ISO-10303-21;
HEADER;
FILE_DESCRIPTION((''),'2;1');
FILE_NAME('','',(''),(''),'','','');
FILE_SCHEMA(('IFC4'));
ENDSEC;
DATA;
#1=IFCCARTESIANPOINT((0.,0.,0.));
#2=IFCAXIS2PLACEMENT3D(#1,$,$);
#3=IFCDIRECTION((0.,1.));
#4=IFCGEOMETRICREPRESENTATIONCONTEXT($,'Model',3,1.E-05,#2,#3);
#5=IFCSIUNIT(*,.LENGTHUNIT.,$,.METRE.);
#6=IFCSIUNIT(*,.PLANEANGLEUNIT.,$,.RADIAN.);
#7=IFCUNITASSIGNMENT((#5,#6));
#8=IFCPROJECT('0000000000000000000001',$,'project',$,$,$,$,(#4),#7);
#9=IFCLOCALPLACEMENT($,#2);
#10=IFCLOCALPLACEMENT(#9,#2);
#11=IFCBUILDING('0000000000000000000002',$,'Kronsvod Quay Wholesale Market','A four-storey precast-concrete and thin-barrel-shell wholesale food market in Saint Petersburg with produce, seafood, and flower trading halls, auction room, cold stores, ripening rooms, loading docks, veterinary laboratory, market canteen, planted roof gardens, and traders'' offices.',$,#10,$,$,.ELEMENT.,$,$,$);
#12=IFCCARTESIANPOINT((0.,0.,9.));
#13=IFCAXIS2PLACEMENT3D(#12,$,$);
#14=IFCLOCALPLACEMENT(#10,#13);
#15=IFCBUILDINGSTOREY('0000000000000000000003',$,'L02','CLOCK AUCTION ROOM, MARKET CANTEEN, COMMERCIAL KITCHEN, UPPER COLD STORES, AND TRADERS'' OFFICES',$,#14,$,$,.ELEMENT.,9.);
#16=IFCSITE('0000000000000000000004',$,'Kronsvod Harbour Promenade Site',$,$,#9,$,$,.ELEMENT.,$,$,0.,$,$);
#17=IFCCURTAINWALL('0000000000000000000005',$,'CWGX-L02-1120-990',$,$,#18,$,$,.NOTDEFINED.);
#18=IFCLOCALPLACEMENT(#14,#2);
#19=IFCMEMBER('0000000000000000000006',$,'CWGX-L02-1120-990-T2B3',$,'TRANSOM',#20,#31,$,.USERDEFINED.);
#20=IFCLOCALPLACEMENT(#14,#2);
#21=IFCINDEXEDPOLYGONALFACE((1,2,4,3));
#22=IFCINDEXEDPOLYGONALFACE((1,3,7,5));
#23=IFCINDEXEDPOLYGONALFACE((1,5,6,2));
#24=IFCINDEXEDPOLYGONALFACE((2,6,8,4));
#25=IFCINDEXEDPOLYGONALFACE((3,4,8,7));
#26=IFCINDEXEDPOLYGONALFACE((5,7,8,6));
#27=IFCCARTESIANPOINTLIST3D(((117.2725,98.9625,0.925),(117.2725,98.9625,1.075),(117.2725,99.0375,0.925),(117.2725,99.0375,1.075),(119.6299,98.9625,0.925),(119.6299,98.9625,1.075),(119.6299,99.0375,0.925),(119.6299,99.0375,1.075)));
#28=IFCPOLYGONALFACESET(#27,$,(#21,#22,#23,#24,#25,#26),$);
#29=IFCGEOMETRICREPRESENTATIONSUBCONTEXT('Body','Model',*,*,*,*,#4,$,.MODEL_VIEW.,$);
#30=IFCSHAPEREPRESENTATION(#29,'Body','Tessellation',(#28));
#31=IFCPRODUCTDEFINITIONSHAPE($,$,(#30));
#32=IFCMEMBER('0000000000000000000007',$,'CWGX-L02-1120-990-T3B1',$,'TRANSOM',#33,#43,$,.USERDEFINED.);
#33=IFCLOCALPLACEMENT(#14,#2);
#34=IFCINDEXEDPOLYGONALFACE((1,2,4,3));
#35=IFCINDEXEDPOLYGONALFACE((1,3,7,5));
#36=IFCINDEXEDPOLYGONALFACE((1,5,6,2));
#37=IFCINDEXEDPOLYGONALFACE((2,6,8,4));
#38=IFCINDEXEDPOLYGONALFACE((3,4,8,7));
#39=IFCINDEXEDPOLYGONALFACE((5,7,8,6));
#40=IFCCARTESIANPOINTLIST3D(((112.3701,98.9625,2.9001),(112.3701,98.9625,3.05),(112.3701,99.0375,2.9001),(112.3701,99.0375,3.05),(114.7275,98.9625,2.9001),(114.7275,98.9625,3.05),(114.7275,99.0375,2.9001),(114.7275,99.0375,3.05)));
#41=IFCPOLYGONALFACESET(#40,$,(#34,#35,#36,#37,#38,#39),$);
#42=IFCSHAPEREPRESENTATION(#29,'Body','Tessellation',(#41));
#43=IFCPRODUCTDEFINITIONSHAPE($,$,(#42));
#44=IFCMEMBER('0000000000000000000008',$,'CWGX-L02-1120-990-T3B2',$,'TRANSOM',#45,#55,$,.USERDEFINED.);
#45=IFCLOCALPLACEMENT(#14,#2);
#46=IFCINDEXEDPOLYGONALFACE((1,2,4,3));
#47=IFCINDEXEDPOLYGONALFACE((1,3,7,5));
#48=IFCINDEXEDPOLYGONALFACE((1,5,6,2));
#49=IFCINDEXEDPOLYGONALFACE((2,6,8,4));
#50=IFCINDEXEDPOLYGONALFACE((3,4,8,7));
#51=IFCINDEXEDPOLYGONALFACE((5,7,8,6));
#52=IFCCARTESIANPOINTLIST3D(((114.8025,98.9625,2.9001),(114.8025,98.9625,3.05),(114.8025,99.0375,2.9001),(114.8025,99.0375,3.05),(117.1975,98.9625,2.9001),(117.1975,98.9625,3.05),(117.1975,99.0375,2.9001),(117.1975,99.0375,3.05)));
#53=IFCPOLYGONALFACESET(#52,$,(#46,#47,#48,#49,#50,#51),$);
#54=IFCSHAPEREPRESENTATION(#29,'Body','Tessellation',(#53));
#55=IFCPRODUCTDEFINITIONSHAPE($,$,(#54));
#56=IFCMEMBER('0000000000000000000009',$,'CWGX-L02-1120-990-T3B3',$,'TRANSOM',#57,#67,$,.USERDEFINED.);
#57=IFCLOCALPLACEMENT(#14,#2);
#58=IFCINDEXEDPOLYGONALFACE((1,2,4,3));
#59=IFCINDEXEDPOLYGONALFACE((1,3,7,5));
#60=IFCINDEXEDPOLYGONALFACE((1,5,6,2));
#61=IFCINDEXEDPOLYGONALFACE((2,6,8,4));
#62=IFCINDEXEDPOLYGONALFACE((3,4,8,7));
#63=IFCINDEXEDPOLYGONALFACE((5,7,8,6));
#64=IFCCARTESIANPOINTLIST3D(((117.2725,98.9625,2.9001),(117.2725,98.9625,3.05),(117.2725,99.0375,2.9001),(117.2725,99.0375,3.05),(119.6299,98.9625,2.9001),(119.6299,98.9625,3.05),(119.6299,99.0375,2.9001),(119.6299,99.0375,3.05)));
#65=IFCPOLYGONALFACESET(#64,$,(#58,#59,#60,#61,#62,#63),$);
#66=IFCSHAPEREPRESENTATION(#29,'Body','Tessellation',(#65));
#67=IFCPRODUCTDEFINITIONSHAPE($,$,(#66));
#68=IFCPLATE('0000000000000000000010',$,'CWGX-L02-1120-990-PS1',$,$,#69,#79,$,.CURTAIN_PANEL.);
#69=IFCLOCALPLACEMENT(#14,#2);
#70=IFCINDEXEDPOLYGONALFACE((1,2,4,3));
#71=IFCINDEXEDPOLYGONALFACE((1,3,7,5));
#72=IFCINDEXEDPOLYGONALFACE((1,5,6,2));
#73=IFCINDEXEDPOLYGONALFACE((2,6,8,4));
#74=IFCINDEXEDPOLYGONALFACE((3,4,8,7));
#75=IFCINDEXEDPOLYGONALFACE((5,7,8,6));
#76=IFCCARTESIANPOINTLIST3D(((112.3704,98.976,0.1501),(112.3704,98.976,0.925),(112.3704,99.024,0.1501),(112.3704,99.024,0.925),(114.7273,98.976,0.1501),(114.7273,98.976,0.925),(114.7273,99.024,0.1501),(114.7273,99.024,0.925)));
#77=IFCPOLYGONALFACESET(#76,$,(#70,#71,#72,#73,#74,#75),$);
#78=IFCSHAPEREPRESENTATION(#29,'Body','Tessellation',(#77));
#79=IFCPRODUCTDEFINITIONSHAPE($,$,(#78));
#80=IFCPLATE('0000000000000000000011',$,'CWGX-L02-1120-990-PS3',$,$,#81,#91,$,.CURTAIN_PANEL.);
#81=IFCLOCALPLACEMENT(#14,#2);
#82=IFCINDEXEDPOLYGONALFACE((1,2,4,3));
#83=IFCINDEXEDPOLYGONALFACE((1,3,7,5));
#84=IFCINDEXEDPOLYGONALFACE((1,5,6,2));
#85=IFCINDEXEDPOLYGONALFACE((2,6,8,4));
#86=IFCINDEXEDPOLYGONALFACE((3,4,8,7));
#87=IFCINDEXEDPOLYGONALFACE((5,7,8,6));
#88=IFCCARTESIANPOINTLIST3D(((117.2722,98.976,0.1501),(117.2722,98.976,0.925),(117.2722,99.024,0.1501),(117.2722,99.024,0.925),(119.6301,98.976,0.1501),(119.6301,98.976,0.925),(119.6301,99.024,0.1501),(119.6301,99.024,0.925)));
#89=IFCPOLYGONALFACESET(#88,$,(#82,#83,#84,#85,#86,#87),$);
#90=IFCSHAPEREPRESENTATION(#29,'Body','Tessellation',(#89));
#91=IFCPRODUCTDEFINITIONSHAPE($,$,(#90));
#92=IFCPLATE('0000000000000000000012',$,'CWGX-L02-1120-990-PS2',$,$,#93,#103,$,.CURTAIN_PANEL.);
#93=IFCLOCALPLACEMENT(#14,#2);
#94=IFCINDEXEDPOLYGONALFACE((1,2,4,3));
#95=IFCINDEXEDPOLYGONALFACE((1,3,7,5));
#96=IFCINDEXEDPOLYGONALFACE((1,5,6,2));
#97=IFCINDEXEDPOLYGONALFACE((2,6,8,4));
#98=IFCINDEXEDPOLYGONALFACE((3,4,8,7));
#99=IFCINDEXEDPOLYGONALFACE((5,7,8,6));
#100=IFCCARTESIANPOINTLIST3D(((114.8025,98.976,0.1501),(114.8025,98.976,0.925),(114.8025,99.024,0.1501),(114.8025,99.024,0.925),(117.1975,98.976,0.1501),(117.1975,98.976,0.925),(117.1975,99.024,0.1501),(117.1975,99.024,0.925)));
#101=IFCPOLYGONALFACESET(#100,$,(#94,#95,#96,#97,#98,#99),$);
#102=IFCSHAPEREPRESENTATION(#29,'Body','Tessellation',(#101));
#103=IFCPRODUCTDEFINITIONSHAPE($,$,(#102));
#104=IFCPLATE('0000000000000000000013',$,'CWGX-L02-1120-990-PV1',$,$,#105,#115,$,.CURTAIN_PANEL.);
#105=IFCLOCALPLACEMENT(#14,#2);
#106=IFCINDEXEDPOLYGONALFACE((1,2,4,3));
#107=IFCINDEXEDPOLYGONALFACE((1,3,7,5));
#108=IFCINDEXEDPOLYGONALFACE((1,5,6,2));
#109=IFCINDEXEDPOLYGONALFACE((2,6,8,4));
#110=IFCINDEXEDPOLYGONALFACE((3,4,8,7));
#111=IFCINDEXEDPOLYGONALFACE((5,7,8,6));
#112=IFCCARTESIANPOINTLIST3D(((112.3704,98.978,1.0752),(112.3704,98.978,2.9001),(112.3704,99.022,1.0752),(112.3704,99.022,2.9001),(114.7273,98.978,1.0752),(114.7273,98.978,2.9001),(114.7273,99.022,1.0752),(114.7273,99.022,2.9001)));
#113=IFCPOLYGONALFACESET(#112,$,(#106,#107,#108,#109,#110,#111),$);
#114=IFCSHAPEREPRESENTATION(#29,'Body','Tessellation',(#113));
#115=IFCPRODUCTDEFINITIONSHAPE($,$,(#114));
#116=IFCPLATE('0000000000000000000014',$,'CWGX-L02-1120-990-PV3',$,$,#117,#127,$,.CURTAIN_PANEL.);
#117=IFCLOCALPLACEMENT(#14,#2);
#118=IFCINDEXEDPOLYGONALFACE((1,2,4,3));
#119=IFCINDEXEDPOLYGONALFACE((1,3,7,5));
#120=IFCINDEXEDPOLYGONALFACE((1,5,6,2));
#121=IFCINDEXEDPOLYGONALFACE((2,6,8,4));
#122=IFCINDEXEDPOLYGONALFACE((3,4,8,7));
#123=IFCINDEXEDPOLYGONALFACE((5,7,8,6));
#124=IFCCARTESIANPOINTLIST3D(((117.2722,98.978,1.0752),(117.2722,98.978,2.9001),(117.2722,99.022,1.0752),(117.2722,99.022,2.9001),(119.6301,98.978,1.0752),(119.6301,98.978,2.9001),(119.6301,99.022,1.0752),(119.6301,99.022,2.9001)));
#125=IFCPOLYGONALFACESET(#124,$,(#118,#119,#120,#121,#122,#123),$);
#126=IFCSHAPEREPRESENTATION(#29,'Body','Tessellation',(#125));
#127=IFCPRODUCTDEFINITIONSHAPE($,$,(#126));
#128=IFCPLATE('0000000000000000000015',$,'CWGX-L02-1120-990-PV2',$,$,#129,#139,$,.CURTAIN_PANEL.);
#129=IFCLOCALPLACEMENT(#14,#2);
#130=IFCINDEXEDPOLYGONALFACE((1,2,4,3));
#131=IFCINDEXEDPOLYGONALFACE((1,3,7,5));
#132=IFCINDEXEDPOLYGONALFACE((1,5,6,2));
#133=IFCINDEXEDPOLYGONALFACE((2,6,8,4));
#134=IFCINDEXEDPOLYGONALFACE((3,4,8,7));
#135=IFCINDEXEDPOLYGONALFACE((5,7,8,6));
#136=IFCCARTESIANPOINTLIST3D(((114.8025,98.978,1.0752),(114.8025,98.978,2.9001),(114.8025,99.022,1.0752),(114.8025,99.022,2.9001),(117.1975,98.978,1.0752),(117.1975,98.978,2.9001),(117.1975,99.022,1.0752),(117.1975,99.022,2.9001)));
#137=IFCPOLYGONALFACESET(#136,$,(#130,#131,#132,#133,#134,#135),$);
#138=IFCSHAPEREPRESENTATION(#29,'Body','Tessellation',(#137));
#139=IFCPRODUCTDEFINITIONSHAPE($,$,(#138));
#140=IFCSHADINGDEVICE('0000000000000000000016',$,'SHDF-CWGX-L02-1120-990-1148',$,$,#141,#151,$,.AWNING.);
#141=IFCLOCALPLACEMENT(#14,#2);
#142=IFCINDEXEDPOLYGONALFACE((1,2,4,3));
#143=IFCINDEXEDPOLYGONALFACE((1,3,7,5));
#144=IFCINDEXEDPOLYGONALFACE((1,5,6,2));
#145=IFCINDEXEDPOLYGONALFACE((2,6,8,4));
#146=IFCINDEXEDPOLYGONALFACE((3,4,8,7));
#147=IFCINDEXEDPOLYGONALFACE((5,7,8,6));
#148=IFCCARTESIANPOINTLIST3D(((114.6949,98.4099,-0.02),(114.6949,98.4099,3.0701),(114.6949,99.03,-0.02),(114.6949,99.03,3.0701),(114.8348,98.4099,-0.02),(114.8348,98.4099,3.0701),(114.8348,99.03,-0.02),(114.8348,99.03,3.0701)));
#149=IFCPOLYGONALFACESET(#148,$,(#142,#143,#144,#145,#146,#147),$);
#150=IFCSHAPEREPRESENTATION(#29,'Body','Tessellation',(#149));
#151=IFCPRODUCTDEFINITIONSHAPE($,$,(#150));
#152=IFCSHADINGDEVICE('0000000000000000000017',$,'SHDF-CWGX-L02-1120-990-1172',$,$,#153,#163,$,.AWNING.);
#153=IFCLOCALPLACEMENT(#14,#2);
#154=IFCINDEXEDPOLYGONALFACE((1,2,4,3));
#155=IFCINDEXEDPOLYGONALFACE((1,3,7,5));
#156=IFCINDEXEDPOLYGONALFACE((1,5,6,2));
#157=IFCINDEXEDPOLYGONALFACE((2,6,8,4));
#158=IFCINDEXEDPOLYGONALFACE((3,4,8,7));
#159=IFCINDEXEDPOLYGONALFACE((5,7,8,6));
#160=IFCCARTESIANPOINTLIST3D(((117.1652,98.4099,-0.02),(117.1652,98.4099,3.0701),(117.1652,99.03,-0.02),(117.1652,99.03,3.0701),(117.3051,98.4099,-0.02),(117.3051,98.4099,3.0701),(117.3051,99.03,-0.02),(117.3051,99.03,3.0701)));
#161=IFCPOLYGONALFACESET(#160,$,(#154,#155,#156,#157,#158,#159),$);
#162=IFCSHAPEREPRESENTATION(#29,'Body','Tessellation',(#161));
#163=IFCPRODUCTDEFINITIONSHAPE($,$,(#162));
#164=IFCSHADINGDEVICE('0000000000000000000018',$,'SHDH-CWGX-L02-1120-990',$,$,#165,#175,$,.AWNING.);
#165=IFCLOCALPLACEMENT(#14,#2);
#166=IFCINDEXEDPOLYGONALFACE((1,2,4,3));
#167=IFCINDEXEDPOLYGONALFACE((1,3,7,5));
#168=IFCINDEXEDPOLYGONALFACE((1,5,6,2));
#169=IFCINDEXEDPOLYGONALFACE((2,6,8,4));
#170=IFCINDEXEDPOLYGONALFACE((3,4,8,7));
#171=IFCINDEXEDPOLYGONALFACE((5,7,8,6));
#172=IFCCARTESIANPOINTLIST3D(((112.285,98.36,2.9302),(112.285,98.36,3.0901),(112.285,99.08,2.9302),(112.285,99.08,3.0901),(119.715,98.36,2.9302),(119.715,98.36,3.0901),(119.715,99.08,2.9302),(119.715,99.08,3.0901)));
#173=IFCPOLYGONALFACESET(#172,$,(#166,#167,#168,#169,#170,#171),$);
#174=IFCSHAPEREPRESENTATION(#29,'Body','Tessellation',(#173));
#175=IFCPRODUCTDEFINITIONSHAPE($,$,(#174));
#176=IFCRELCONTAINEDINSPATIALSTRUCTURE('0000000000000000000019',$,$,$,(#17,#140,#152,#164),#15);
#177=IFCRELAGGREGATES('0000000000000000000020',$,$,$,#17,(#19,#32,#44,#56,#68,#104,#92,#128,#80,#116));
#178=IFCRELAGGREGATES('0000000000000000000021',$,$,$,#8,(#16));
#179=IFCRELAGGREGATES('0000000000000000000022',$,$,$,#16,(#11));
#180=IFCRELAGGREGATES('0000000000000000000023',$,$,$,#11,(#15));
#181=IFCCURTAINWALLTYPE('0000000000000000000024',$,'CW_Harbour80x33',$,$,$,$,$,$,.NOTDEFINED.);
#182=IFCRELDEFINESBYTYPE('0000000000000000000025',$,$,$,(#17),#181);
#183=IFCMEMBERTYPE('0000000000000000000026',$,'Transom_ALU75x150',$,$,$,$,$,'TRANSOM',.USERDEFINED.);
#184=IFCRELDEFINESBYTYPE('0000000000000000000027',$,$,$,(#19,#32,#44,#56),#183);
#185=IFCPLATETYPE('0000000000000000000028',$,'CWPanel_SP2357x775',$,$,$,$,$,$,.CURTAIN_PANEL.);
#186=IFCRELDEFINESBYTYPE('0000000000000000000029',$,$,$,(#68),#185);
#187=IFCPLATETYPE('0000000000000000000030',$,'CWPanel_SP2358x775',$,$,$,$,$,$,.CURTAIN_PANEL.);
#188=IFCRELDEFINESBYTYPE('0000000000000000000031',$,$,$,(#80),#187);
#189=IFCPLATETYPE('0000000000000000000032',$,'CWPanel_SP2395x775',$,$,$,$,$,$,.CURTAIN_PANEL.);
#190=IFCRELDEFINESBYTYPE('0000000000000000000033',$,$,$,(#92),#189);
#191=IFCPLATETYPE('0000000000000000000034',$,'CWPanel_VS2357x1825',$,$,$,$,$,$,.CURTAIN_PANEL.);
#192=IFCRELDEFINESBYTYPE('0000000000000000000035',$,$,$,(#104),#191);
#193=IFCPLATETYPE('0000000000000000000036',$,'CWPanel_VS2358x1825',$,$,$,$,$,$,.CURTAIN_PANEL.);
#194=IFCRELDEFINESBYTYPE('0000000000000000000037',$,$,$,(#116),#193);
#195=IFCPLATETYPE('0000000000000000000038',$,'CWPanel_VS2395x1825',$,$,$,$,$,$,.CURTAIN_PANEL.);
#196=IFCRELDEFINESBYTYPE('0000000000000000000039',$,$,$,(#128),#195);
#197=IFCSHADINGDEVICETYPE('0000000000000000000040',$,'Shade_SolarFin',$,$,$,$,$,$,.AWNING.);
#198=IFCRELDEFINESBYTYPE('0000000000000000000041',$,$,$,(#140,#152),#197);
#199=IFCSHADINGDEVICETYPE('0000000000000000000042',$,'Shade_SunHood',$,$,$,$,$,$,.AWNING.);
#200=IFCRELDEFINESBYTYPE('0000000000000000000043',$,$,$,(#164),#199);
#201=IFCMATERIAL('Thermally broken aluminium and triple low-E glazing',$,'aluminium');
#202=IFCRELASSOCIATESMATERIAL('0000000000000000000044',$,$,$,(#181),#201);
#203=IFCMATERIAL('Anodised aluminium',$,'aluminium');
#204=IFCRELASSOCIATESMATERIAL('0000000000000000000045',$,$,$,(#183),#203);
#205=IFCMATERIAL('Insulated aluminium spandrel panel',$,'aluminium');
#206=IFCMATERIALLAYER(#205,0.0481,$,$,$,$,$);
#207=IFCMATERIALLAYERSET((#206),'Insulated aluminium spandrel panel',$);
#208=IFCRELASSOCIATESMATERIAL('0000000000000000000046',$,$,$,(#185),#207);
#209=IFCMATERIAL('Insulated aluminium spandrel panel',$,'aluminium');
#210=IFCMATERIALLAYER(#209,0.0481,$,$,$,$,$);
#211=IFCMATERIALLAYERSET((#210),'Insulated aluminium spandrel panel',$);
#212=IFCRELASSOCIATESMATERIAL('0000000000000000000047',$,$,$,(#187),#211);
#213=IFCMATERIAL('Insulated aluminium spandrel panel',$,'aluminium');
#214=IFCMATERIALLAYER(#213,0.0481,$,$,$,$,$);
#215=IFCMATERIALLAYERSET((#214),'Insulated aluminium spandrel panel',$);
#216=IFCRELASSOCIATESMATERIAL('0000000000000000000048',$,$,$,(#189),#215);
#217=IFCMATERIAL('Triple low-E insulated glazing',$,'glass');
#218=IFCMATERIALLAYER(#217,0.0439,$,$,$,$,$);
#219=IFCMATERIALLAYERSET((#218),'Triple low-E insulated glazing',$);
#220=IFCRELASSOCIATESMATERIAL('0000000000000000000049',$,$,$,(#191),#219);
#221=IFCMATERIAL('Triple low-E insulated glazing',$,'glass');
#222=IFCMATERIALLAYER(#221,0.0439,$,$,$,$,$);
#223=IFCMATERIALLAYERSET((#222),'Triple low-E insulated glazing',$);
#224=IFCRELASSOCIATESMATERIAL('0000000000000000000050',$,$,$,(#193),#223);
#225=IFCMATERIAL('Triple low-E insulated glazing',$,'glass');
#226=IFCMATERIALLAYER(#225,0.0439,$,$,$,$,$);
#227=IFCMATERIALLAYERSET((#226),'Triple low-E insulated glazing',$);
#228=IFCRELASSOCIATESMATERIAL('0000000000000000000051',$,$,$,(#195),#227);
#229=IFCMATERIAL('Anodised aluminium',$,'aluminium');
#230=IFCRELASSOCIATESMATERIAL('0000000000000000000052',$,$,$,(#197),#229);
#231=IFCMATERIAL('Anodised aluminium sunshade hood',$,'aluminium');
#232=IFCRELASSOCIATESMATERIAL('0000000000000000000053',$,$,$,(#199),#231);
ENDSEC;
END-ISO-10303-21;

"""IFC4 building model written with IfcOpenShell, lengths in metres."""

from ifc_helpers import new_model, si_unit, direction, frame, origin, origin_2d, place, context, subcontext, project, spatial, rectangle, extrude, material, layer, layer_set, material_profile, profile_set, type_object, element, aggregate, save


model = new_model("IFC4")

# Units and contexts
model_context = context("Model", 3, precision=1e-05, world=origin(), true_north=direction((0.0, 1.0)))
body_context = subcontext(model_context, "Body", "Model", "MODEL_VIEW")
ifc_project = project(units=[si_unit("LENGTHUNIT", "METRE"), si_unit("PLANEANGLEUNIT", "RADIAN")], contexts=[model_context])

# Site, building, storey
site_placement = place(None, origin())
site = spatial("IfcSite", under=ifc_project, at=site_placement, Name="Kronsvod Harbour Promenade Site", CompositionType="ELEMENT", RefElevation=0.0)
building_placement = place(site_placement, origin())
building = spatial("IfcBuilding", under=site, at=building_placement, Name="Kronsvod Quay Wholesale Market", Description="A four-storey precast-concrete and thin-barrel-shell wholesale food market in Saint Petersburg with produce, seafood, and flower trading halls, auction room, cold stores, ripening rooms, loading docks, veterinary laboratory, market canteen, planted roof gardens, and traders' offices.", CompositionType="ELEMENT")
storey_placement = place(building_placement, frame((0.0, 0.0, 9.0)))
storey = spatial("IfcBuildingStorey", under=building, at=storey_placement, Name="L02", Description="CLOCK AUCTION ROOM, MARKET CANTEEN, COMMERCIAL KITCHEN, UPPER COLD STORES, AND TRADERS' OFFICES", CompositionType="ELEMENT", Elevation=9.0)

# Curtain wall, members, plates
ifc_material_1 = material(Name="Thermally broken aluminium and triple low-E glazing", Category="aluminium")
curtain_wall_type = type_object("IfcCurtainWallType", Name="CW_Harbour80x33", PredefinedType="NOTDEFINED", material=ifc_material_1)
curtain_wall_placement = place(storey_placement, origin())
curtain_wall = element("IfcCurtainWall", 1, at=curtain_wall_placement, inside=storey, type_object=curtain_wall_type, Name="CWGX-L02-1120-990", PredefinedType="NOTDEFINED")
ifc_material_2 = material(Name="Anodised aluminium", Category="aluminium")
ifc_material_profile_1 = material_profile(ifc_material_2, rectangle(XDim=0.075, YDim=0.1499, at=origin_2d()), Name="ALUT75x150")
ifc_profile_set_1 = profile_set([ifc_material_profile_1], Name="Anodised aluminium")
member_type_1 = type_object("IfcMemberType", Name="Transom_ALU75x150", ElementType="TRANSOM", PredefinedType="USERDEFINED", material=ifc_profile_set_1)
member_1_placement = place(storey_placement, frame((117.2725, 99.0, 1.0), z_axis=(1.0, 0.0, 0.0), x_axis=(0.0, 1.0, 0.0)))
member_1 = element("IfcMember", 2, at=member_1_placement, type_object=member_type_1, Name="CWGX-L02-1120-990-T2B3", ObjectType="TRANSOM", PredefinedType="USERDEFINED", context=body_context, shape_type="SweptSolid", body=[
    extrude(rectangle(XDim=0.075, YDim=0.1499, at=origin_2d()), origin(), (0.0, 0.0, 1.0), 2.3574),
])
member_2_placement = place(storey_placement, frame((112.3701, 99.0, 2.9751), z_axis=(1.0, 0.0, 0.0), x_axis=(0.0, 1.0, 0.0)))
member_2 = element("IfcMember", 3, at=member_2_placement, type_object=member_type_1, Name="CWGX-L02-1120-990-T3B1", ObjectType="TRANSOM", PredefinedType="USERDEFINED", context=body_context, shape_type="SweptSolid", body=[
    extrude(rectangle(XDim=0.075, YDim=0.1499, at=origin_2d()), origin(), (0.0, 0.0, 1.0), 2.3574),
])
member_3_placement = place(storey_placement, frame((114.8025, 99.0, 2.9751), z_axis=(1.0, 0.0, 0.0), x_axis=(0.0, 1.0, 0.0)))
member_3 = element("IfcMember", 4, at=member_3_placement, type_object=member_type_1, Name="CWGX-L02-1120-990-T3B2", ObjectType="TRANSOM", PredefinedType="USERDEFINED", context=body_context, shape_type="SweptSolid", body=[
    extrude(rectangle(XDim=0.075, YDim=0.1499, at=origin_2d()), origin(), (0.0, 0.0, 1.0), 2.395),
])
member_4_placement = place(storey_placement, frame((117.2725, 99.0, 2.9751), z_axis=(1.0, 0.0, 0.0), x_axis=(0.0, 1.0, 0.0)))
member_4 = element("IfcMember", 5, at=member_4_placement, type_object=member_type_1, Name="CWGX-L02-1120-990-T3B3", ObjectType="TRANSOM", PredefinedType="USERDEFINED", context=body_context, shape_type="SweptSolid", body=[
    extrude(rectangle(XDim=0.075, YDim=0.1499, at=origin_2d()), origin(), (0.0, 0.0, 1.0), 2.3574),
])
ifc_material_3 = material(Name="Insulated aluminium spandrel panel", Category="aluminium")
ifc_layer_1 = layer(ifc_material_3, 0.0481)
ifc_layer_set_1 = layer_set([ifc_layer_1], Name="Insulated aluminium spandrel panel")
plate_type_1 = type_object("IfcPlateType", Name="CWPanel_SP2357x775", PredefinedType="CURTAIN_PANEL", material=ifc_layer_set_1)
plate_1_placement = place(storey_placement, frame((113.5488, 99.0, 0.1501), z_axis=(0.0, 0.0, 1.0), x_axis=(1.0, 0.0, 0.0)))
plate_1 = element("IfcPlate", 6, at=plate_1_placement, type_object=plate_type_1, Name="CWGX-L02-1120-990-PS1", PredefinedType="CURTAIN_PANEL", context=body_context, shape_type="SweptSolid", body=[
    extrude(rectangle(XDim=2.3569, YDim=0.0481, at=origin_2d()), origin(), (0.0, 0.0, 1.0), 0.7749),
])
ifc_material_4 = material(Name="Insulated aluminium spandrel panel", Category="aluminium")
ifc_layer_2 = layer(ifc_material_4, 0.0481)
ifc_layer_set_2 = layer_set([ifc_layer_2], Name="Insulated aluminium spandrel panel")
plate_type_2 = type_object("IfcPlateType", Name="CWPanel_SP2358x775", PredefinedType="CURTAIN_PANEL", material=ifc_layer_set_2)
plate_2_placement = place(storey_placement, frame((118.4512, 99.0, 0.1501), z_axis=(0.0, 0.0, 1.0), x_axis=(1.0, 0.0, 0.0)))
plate_2 = element("IfcPlate", 7, at=plate_2_placement, type_object=plate_type_2, Name="CWGX-L02-1120-990-PS3", PredefinedType="CURTAIN_PANEL", context=body_context, shape_type="SweptSolid", body=[
    extrude(rectangle(XDim=2.3579, YDim=0.0481, at=origin_2d()), origin(), (0.0, 0.0, 1.0), 0.7749),
])
ifc_material_5 = material(Name="Insulated aluminium spandrel panel", Category="aluminium")
ifc_layer_3 = layer(ifc_material_5, 0.0481)
ifc_layer_set_3 = layer_set([ifc_layer_3], Name="Insulated aluminium spandrel panel")
plate_type_3 = type_object("IfcPlateType", Name="CWPanel_SP2395x775", PredefinedType="CURTAIN_PANEL", material=ifc_layer_set_3)
plate_3_placement = place(storey_placement, frame((116.0, 99.0, 0.1501), z_axis=(0.0, 0.0, 1.0), x_axis=(1.0, 0.0, 0.0)))
plate_3 = element("IfcPlate", 8, at=plate_3_placement, type_object=plate_type_3, Name="CWGX-L02-1120-990-PS2", PredefinedType="CURTAIN_PANEL", context=body_context, shape_type="SweptSolid", body=[
    extrude(rectangle(XDim=2.395, YDim=0.0481, at=origin_2d()), origin(), (0.0, 0.0, 1.0), 0.7749),
])
ifc_material_6 = material(Name="Triple low-E insulated glazing", Category="glass")
ifc_layer_4 = layer(ifc_material_6, 0.0439)
ifc_layer_set_4 = layer_set([ifc_layer_4], Name="Triple low-E insulated glazing")
plate_type_4 = type_object("IfcPlateType", Name="CWPanel_VS2357x1825", PredefinedType="CURTAIN_PANEL", material=ifc_layer_set_4)
plate_4_placement = place(storey_placement, frame((113.5488, 99.0, 1.0752), z_axis=(0.0, 0.0, 1.0), x_axis=(1.0, 0.0, 0.0)))
plate_4 = element("IfcPlate", 9, at=plate_4_placement, type_object=plate_type_4, Name="CWGX-L02-1120-990-PV1", PredefinedType="CURTAIN_PANEL", context=body_context, shape_type="SweptSolid", body=[
    extrude(rectangle(XDim=2.3569, YDim=0.0439, at=origin_2d()), origin(), (0.0, 0.0, 1.0), 1.825),
])
ifc_material_7 = material(Name="Triple low-E insulated glazing", Category="glass")
ifc_layer_5 = layer(ifc_material_7, 0.0439)
ifc_layer_set_5 = layer_set([ifc_layer_5], Name="Triple low-E insulated glazing")
plate_type_5 = type_object("IfcPlateType", Name="CWPanel_VS2358x1825", PredefinedType="CURTAIN_PANEL", material=ifc_layer_set_5)
plate_5_placement = place(storey_placement, frame((118.4512, 99.0, 1.0752), z_axis=(0.0, 0.0, 1.0), x_axis=(1.0, 0.0, 0.0)))
plate_5 = element("IfcPlate", 10, at=plate_5_placement, type_object=plate_type_5, Name="CWGX-L02-1120-990-PV3", PredefinedType="CURTAIN_PANEL", context=body_context, shape_type="SweptSolid", body=[
    extrude(rectangle(XDim=2.3579, YDim=0.0439, at=origin_2d()), origin(), (0.0, 0.0, 1.0), 1.825),
])
ifc_material_8 = material(Name="Triple low-E insulated glazing", Category="glass")
ifc_layer_6 = layer(ifc_material_8, 0.0439)
ifc_layer_set_6 = layer_set([ifc_layer_6], Name="Triple low-E insulated glazing")
plate_type_6 = type_object("IfcPlateType", Name="CWPanel_VS2395x1825", PredefinedType="CURTAIN_PANEL", material=ifc_layer_set_6)
plate_6_placement = place(storey_placement, frame((116.0, 99.0, 1.0752), z_axis=(0.0, 0.0, 1.0), x_axis=(1.0, 0.0, 0.0)))
plate_6 = element("IfcPlate", 11, at=plate_6_placement, type_object=plate_type_6, Name="CWGX-L02-1120-990-PV2", PredefinedType="CURTAIN_PANEL", context=body_context, shape_type="SweptSolid", body=[
    extrude(rectangle(XDim=2.395, YDim=0.0439, at=origin_2d()), origin(), (0.0, 0.0, 1.0), 1.825),
])
aggregate(curtain_wall, [member_1, member_2, member_3, member_4, plate_1, plate_4, plate_3, plate_6, plate_2, plate_5])

# Shading devices
ifc_material_9 = material(Name="Anodised aluminium", Category="aluminium")
shading_device_type_1 = type_object("IfcShadingDeviceType", Name="Shade_SolarFin", PredefinedType="AWNING", material=ifc_material_9)
for number, where, z_axis, x_axis, name in (
    (12, (114.7649, 98.72, -0.02), (0.0, 0.0, 1.0), (1.0, 0.0, 0.0), "SHDF-CWGX-L02-1120-990-1148"),
    (13, (117.2351, 98.72, -0.02), (0.0, 0.0, 1.0), (1.0, 0.0, 0.0), "SHDF-CWGX-L02-1120-990-1172"),
):
    element("IfcShadingDevice", number, at=place(storey_placement, frame(where, z_axis=z_axis, x_axis=x_axis)), inside=storey, type_object=shading_device_type_1, Name=name, PredefinedType="AWNING", context=body_context, shape_type="SweptSolid", body=[
        extrude(rectangle(XDim=0.1399, YDim=0.6201, at=origin_2d()), origin(), (0.0, 0.0, 1.0), 3.0901),
    ])
ifc_material_10 = material(Name="Anodised aluminium sunshade hood", Category="aluminium")
shading_device_type_2 = type_object("IfcShadingDeviceType", Name="Shade_SunHood", PredefinedType="AWNING", material=ifc_material_10)
shading_device_placement = place(storey_placement, frame((116.0, 98.72, 2.9302), z_axis=(0.0, 0.0, 1.0), x_axis=(1.0, 0.0, 0.0)))
element("IfcShadingDevice", 14, at=shading_device_placement, inside=storey, type_object=shading_device_type_2, Name="SHDH-CWGX-L02-1120-990", PredefinedType="AWNING", context=body_context, shape_type="SweptSolid", body=[
    extrude(rectangle(XDim=7.4299, YDim=0.72, at=origin_2d()), origin(), (0.0, 0.0, 1.0), 0.1599),
])

save(model, "model.ifc")
